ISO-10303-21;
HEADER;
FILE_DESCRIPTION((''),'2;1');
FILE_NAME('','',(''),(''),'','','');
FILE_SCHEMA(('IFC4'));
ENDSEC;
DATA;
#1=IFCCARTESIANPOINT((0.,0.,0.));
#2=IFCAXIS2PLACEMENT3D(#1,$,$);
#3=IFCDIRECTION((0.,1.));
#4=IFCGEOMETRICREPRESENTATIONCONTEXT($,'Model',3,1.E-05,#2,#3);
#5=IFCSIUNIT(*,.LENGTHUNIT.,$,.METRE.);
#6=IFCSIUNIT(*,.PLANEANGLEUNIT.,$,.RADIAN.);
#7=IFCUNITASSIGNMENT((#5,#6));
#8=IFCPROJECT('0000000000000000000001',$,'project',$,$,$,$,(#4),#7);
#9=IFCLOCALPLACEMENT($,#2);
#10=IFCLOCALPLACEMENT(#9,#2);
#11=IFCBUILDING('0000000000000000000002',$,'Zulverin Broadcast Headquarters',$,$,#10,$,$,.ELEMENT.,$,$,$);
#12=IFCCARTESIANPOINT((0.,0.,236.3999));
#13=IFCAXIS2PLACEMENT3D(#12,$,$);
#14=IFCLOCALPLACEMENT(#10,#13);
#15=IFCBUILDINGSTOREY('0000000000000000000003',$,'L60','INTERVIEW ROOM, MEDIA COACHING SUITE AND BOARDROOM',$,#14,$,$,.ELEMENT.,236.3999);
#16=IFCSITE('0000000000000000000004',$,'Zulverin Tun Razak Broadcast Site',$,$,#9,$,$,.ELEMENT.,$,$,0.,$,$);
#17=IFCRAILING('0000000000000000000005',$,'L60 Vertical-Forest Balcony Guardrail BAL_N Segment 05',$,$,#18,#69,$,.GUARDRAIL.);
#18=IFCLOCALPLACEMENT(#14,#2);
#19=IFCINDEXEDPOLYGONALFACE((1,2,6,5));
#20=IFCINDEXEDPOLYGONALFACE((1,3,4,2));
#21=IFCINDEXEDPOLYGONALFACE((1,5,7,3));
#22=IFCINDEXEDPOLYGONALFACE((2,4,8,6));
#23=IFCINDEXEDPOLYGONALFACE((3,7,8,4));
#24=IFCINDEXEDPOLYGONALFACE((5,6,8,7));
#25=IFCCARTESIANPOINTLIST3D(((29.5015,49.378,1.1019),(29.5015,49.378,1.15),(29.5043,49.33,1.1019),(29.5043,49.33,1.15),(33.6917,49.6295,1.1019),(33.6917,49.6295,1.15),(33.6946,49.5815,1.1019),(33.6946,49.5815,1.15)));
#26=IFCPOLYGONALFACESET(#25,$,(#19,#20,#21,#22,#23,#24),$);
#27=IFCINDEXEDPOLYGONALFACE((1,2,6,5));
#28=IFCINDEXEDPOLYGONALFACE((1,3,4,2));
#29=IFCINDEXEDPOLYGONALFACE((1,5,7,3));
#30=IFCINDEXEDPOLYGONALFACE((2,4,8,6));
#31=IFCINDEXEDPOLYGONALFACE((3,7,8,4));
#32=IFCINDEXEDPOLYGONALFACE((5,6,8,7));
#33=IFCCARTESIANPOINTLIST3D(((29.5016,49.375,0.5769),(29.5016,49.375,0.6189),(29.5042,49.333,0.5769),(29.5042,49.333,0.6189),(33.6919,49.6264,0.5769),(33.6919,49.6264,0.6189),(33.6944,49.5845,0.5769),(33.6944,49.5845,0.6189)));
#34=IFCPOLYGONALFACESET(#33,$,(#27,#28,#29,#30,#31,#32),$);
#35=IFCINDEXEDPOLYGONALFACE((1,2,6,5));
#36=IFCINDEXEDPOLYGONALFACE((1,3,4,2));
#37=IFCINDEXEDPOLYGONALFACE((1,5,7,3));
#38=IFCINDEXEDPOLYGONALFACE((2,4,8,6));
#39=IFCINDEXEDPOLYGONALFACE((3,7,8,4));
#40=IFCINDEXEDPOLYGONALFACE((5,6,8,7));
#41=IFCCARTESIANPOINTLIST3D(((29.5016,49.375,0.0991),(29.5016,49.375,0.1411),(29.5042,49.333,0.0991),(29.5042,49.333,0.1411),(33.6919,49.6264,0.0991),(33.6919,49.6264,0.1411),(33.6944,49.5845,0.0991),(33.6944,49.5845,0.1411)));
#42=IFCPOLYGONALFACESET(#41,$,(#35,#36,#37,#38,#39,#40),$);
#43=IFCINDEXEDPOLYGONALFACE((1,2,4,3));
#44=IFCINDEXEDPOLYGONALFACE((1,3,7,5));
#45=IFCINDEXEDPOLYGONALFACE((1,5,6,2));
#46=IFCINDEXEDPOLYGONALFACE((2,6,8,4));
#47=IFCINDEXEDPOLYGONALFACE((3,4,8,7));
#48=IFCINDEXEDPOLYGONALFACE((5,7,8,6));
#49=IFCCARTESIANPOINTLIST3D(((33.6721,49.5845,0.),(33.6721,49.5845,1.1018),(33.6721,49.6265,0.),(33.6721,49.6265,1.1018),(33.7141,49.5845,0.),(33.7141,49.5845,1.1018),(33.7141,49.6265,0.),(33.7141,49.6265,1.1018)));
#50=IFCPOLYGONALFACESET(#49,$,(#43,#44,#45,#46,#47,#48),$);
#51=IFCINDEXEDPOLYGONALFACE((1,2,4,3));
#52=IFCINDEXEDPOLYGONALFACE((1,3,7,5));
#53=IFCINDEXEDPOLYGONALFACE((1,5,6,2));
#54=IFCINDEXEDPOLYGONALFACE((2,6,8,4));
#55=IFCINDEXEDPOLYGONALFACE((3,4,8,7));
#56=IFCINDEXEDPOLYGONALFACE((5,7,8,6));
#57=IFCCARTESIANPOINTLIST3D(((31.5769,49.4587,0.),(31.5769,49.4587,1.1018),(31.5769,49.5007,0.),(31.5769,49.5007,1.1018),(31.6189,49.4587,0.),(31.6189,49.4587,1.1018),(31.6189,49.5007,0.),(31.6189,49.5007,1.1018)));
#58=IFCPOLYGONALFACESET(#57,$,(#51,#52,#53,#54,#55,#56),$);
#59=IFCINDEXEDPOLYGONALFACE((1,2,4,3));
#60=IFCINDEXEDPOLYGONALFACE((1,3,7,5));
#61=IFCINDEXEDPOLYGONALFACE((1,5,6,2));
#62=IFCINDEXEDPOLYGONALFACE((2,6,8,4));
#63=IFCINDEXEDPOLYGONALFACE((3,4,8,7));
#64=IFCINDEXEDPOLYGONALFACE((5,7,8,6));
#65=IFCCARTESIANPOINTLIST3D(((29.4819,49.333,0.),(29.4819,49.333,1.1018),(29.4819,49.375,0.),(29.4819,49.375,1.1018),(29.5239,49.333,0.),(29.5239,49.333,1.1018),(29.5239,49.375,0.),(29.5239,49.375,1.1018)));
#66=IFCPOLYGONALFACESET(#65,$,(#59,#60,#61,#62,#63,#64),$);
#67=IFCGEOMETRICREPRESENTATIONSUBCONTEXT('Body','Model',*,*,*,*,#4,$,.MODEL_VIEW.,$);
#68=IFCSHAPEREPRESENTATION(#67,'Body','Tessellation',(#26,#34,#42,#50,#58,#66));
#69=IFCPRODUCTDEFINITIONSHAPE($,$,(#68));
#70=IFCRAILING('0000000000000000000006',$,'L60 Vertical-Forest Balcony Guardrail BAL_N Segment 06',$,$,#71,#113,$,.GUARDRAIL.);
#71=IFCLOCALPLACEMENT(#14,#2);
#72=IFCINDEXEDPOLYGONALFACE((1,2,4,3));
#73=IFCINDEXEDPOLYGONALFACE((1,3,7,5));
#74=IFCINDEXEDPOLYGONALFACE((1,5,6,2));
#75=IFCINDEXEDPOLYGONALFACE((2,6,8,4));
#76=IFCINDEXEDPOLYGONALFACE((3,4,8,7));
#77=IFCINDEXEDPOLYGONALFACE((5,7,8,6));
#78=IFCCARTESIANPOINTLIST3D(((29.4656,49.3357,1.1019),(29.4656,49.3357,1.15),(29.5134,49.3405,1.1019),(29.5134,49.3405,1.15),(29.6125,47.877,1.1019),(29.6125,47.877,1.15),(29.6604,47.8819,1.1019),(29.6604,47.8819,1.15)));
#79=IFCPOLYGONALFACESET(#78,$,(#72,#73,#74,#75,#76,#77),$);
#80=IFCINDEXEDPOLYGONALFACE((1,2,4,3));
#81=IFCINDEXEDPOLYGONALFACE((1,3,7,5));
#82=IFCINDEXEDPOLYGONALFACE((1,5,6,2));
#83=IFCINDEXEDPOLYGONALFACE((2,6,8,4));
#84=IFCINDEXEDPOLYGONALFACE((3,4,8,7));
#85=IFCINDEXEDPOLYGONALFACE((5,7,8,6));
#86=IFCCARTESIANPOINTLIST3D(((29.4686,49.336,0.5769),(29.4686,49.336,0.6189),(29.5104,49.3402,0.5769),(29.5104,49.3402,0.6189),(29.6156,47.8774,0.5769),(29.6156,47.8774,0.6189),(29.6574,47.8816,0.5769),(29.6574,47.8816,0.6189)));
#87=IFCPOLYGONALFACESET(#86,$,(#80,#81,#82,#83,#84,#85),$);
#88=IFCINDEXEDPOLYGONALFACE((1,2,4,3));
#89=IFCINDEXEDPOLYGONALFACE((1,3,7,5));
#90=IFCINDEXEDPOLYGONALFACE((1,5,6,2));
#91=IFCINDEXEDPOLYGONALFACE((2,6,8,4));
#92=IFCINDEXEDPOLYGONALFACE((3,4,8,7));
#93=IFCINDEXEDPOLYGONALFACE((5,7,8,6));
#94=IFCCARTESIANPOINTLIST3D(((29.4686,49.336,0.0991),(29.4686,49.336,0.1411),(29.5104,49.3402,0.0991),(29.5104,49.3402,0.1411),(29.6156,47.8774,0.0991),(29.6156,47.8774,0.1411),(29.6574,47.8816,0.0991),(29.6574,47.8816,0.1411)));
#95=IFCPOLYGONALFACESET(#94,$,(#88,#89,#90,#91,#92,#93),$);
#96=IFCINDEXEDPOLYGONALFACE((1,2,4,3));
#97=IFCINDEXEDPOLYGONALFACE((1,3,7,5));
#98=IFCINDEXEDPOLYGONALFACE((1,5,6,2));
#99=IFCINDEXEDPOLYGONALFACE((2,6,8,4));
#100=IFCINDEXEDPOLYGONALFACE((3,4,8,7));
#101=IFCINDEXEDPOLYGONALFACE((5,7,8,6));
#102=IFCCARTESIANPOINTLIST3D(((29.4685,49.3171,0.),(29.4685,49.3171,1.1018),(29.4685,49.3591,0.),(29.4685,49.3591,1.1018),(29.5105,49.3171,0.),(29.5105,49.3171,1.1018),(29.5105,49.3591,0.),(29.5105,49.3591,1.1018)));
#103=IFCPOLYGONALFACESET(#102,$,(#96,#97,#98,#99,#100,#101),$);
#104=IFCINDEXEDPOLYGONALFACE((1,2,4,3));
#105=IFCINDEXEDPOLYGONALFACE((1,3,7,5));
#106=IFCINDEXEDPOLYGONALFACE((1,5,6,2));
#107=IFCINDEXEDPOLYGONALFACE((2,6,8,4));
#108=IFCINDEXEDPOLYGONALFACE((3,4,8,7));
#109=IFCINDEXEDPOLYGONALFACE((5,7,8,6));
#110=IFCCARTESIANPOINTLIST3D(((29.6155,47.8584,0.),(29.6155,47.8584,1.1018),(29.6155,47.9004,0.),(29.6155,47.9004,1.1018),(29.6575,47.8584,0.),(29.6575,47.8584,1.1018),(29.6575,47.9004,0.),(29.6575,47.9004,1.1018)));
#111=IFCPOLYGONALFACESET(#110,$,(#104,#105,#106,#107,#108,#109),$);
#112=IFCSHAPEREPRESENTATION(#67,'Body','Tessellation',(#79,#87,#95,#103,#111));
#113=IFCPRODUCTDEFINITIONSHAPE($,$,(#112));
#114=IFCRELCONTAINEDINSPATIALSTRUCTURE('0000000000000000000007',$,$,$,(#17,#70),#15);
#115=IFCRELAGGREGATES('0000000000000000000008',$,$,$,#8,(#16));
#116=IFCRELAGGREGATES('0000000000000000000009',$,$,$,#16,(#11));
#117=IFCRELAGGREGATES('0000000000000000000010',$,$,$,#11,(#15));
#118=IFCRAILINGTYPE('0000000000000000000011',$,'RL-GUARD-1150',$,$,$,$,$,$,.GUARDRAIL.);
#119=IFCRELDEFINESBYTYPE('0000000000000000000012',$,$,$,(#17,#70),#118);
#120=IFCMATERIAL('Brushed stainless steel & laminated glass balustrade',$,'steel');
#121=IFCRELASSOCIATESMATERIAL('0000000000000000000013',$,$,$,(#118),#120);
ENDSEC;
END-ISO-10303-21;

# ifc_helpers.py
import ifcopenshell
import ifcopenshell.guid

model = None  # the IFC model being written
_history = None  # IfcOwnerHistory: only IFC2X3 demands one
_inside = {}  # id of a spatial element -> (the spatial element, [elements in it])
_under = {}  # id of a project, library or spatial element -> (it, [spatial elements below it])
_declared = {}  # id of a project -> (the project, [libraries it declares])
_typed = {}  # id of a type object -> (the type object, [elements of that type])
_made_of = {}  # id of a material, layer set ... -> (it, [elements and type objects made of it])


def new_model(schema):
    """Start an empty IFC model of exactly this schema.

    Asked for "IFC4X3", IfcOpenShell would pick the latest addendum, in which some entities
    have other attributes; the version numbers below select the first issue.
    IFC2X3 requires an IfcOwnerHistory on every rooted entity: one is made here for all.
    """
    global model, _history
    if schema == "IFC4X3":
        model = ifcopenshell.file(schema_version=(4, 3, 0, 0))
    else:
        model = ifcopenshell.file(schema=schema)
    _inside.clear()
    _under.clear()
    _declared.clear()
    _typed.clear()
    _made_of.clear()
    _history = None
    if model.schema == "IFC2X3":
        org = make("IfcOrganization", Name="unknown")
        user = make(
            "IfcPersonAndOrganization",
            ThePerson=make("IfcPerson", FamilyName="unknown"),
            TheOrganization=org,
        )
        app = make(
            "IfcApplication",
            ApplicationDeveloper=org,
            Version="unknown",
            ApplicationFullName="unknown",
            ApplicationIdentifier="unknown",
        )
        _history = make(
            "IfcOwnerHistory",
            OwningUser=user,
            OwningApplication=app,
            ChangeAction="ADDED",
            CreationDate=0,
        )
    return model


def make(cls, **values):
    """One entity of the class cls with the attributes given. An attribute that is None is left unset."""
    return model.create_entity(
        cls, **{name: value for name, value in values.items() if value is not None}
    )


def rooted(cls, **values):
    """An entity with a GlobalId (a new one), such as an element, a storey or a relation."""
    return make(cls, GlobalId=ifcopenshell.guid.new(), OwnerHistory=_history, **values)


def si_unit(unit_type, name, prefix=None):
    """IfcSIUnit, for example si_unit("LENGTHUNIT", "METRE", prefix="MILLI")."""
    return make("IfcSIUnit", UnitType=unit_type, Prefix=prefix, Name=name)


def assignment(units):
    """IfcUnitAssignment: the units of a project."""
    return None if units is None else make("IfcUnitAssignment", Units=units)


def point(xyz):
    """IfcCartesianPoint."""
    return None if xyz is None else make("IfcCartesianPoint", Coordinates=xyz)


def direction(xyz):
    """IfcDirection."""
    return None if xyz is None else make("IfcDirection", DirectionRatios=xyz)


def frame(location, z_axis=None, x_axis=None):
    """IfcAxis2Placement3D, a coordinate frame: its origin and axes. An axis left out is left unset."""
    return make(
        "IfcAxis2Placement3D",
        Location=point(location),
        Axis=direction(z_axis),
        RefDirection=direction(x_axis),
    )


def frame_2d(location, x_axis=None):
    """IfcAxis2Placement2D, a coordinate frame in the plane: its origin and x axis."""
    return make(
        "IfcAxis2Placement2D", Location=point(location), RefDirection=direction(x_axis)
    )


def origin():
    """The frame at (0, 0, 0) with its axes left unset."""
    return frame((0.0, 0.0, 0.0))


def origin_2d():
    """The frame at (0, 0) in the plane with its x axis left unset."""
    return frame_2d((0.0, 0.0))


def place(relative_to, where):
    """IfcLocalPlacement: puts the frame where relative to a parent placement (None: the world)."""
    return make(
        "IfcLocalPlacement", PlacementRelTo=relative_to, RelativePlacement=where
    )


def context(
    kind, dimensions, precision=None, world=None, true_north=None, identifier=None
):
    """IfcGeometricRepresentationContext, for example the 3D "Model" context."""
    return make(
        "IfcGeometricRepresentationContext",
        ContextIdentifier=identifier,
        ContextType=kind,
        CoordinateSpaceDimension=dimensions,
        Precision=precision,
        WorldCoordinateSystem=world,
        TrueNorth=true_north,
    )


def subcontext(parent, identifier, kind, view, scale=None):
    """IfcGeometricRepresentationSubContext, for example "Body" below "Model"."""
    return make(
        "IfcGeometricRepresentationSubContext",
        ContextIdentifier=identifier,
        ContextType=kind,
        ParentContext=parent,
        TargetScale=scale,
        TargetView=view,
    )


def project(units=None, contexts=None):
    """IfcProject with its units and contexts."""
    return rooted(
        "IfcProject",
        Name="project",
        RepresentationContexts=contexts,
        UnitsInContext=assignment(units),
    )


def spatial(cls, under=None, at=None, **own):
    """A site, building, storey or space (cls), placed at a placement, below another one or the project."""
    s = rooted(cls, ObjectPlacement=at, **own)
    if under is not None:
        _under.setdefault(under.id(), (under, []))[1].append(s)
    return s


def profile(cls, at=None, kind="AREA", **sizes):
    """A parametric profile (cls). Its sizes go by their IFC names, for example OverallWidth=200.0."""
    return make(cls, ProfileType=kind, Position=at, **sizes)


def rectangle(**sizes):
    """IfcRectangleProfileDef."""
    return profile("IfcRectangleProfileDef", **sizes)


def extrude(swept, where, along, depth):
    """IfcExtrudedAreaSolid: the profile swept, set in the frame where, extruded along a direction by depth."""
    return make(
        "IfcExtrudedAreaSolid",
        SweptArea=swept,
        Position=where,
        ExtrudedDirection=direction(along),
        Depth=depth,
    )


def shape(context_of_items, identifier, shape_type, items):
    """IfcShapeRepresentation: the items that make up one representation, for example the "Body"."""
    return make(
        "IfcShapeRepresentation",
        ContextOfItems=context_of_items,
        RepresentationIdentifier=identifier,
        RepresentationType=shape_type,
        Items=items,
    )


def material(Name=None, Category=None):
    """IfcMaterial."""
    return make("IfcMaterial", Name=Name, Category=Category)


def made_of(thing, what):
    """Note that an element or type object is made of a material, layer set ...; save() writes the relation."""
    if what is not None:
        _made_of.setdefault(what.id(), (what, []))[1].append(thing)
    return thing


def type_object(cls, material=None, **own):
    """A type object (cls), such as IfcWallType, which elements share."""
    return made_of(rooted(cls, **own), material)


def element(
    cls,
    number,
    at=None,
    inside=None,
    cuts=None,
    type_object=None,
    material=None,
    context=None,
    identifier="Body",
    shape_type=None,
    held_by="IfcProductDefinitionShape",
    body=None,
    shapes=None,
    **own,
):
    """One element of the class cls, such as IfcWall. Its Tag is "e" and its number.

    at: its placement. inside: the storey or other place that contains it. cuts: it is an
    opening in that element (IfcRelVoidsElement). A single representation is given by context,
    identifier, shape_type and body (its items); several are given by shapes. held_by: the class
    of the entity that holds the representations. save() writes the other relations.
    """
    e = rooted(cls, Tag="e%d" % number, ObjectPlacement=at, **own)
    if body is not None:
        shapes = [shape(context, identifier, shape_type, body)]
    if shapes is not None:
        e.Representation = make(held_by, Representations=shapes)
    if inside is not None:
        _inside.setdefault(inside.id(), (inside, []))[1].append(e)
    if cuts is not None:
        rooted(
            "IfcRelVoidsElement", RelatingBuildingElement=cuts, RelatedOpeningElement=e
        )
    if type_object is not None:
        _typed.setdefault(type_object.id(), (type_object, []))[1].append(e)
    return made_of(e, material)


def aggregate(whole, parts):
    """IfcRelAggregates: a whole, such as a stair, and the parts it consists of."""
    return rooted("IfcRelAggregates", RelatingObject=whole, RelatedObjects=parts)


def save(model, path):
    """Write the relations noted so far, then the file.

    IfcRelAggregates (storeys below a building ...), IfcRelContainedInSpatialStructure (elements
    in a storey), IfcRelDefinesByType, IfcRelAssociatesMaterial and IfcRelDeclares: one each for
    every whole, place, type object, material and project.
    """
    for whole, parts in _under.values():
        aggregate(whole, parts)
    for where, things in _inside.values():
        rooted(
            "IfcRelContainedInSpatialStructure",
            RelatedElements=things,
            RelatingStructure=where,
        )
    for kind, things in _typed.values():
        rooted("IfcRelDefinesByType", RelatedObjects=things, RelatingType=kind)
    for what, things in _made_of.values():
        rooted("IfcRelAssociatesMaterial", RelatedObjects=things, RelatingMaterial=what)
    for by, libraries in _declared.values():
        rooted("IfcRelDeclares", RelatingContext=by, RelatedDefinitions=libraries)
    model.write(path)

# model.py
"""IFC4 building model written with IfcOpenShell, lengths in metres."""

from ifc_helpers import new_model, si_unit, direction, frame, origin, origin_2d, place, context, subcontext, project, spatial, rectangle, extrude, material, type_object, element, save


model = new_model("IFC4")

# Units and contexts
model_context = context("Model", 3, precision=1e-05, world=origin(), true_north=direction((0.0, 1.0)))
body_context = subcontext(model_context, "Body", "Model", "MODEL_VIEW")
ifc_project = project(units=[si_unit("LENGTHUNIT", "METRE"), si_unit("PLANEANGLEUNIT", "RADIAN")], contexts=[model_context])

# Site, building, storey
site_placement = place(None, origin())
site = spatial("IfcSite", under=ifc_project, at=site_placement, Name="Zulverin Tun Razak Broadcast Site", CompositionType="ELEMENT", RefElevation=0.0)
building_placement = place(site_placement, origin())
building = spatial("IfcBuilding", under=site, at=building_placement, Name="Zulverin Broadcast Headquarters", CompositionType="ELEMENT")
storey_placement = place(building_placement, frame((0.0, 0.0, 236.3999)))
storey = spatial("IfcBuildingStorey", under=building, at=storey_placement, Name="L60", Description="INTERVIEW ROOM, MEDIA COACHING SUITE AND BOARDROOM", CompositionType="ELEMENT", Elevation=236.3999)

# Railings
ifc_material_1 = material(Name="Brushed stainless steel & laminated glass balustrade", Category="steel")
railing_type = type_object("IfcRailingType", Name="RL-GUARD-1150", PredefinedType="GUARDRAIL", material=ifc_material_1)
railing_1_placement = place(storey_placement, frame((33.6931, 49.6055, 0.0)))
element("IfcRailing", 1, at=railing_1_placement, inside=storey, type_object=railing_type, Name="L60 Vertical-Forest Balcony Guardrail BAL_N Segment 05", PredefinedType="GUARDRAIL", context=body_context, shape_type="SweptSolid", body=[
    extrude(rectangle(XDim=0.0481, YDim=0.0481, at=origin_2d()), frame((0.0, 0.0, 1.126), z_axis=(-0.998204, -0.059905, 0.0), x_axis=(0.059905, -0.998204, 0.0)), (0.0, 0.0, 1.0), 4.1978),
    extrude(rectangle(XDim=0.042, YDim=0.042, at=origin_2d()), frame((0.0, 0.0, 0.5979), z_axis=(-0.998204, -0.059905, 0.0), x_axis=(0.059905, -0.998204, 0.0)), (0.0, 0.0, 1.0), 4.1978),
    extrude(rectangle(XDim=0.042, YDim=0.042, at=origin_2d()), frame((0.0, 0.0, 0.1201), z_axis=(-0.998204, -0.059905, 0.0), x_axis=(0.059905, -0.998204, 0.0)), (0.0, 0.0, 1.0), 4.1978),
    extrude(rectangle(XDim=0.042, YDim=0.042, at=origin_2d()), origin(), (0.0, 0.0, 1.0), 1.1018),
    extrude(rectangle(XDim=0.042, YDim=0.042, at=origin_2d()), frame((-2.0952, -0.1257, 0.0)), (0.0, 0.0, 1.0), 1.1018),
    extrude(rectangle(XDim=0.042, YDim=0.042, at=origin_2d()), frame((-4.1902, -0.2515, 0.0)), (0.0, 0.0, 1.0), 1.1018),
])
railing_2_placement = place(storey_placement, frame((29.4895, 49.3381, 0.0)))
element("IfcRailing", 2, at=railing_2_placement, inside=storey, type_object=railing_type, Name="L60 Vertical-Forest Balcony Guardrail BAL_N Segment 06", PredefinedType="GUARDRAIL", context=body_context, shape_type="SweptSolid", body=[
    extrude(rectangle(XDim=0.0481, YDim=0.0481, at=origin_2d()), frame((0.0, 0.0, 1.126), z_axis=(0.100246, -0.994963, 0.0), x_axis=(0.994963, 0.100246, 0.0)), (0.0, 0.0, 1.0), 1.4661),
    extrude(rectangle(XDim=0.042, YDim=0.042, at=origin_2d()), frame((0.0, 0.0, 0.5979), z_axis=(0.100246, -0.994963, 0.0), x_axis=(0.994963, 0.100246, 0.0)), (0.0, 0.0, 1.0), 1.4661),
    extrude(rectangle(XDim=0.042, YDim=0.042, at=origin_2d()), frame((0.0, 0.0, 0.1201), z_axis=(0.100246, -0.994963, 0.0), x_axis=(0.994963, 0.100246, 0.0)), (0.0, 0.0, 1.0), 1.4661),
    extrude(rectangle(XDim=0.042, YDim=0.042, at=origin_2d()), origin(), (0.0, 0.0, 1.0), 1.1018),
    extrude(rectangle(XDim=0.042, YDim=0.042, at=origin_2d()), frame((0.147, -1.4587, 0.0)), (0.0, 0.0, 1.0), 1.1018),
])

save(model, "model.ifc")
